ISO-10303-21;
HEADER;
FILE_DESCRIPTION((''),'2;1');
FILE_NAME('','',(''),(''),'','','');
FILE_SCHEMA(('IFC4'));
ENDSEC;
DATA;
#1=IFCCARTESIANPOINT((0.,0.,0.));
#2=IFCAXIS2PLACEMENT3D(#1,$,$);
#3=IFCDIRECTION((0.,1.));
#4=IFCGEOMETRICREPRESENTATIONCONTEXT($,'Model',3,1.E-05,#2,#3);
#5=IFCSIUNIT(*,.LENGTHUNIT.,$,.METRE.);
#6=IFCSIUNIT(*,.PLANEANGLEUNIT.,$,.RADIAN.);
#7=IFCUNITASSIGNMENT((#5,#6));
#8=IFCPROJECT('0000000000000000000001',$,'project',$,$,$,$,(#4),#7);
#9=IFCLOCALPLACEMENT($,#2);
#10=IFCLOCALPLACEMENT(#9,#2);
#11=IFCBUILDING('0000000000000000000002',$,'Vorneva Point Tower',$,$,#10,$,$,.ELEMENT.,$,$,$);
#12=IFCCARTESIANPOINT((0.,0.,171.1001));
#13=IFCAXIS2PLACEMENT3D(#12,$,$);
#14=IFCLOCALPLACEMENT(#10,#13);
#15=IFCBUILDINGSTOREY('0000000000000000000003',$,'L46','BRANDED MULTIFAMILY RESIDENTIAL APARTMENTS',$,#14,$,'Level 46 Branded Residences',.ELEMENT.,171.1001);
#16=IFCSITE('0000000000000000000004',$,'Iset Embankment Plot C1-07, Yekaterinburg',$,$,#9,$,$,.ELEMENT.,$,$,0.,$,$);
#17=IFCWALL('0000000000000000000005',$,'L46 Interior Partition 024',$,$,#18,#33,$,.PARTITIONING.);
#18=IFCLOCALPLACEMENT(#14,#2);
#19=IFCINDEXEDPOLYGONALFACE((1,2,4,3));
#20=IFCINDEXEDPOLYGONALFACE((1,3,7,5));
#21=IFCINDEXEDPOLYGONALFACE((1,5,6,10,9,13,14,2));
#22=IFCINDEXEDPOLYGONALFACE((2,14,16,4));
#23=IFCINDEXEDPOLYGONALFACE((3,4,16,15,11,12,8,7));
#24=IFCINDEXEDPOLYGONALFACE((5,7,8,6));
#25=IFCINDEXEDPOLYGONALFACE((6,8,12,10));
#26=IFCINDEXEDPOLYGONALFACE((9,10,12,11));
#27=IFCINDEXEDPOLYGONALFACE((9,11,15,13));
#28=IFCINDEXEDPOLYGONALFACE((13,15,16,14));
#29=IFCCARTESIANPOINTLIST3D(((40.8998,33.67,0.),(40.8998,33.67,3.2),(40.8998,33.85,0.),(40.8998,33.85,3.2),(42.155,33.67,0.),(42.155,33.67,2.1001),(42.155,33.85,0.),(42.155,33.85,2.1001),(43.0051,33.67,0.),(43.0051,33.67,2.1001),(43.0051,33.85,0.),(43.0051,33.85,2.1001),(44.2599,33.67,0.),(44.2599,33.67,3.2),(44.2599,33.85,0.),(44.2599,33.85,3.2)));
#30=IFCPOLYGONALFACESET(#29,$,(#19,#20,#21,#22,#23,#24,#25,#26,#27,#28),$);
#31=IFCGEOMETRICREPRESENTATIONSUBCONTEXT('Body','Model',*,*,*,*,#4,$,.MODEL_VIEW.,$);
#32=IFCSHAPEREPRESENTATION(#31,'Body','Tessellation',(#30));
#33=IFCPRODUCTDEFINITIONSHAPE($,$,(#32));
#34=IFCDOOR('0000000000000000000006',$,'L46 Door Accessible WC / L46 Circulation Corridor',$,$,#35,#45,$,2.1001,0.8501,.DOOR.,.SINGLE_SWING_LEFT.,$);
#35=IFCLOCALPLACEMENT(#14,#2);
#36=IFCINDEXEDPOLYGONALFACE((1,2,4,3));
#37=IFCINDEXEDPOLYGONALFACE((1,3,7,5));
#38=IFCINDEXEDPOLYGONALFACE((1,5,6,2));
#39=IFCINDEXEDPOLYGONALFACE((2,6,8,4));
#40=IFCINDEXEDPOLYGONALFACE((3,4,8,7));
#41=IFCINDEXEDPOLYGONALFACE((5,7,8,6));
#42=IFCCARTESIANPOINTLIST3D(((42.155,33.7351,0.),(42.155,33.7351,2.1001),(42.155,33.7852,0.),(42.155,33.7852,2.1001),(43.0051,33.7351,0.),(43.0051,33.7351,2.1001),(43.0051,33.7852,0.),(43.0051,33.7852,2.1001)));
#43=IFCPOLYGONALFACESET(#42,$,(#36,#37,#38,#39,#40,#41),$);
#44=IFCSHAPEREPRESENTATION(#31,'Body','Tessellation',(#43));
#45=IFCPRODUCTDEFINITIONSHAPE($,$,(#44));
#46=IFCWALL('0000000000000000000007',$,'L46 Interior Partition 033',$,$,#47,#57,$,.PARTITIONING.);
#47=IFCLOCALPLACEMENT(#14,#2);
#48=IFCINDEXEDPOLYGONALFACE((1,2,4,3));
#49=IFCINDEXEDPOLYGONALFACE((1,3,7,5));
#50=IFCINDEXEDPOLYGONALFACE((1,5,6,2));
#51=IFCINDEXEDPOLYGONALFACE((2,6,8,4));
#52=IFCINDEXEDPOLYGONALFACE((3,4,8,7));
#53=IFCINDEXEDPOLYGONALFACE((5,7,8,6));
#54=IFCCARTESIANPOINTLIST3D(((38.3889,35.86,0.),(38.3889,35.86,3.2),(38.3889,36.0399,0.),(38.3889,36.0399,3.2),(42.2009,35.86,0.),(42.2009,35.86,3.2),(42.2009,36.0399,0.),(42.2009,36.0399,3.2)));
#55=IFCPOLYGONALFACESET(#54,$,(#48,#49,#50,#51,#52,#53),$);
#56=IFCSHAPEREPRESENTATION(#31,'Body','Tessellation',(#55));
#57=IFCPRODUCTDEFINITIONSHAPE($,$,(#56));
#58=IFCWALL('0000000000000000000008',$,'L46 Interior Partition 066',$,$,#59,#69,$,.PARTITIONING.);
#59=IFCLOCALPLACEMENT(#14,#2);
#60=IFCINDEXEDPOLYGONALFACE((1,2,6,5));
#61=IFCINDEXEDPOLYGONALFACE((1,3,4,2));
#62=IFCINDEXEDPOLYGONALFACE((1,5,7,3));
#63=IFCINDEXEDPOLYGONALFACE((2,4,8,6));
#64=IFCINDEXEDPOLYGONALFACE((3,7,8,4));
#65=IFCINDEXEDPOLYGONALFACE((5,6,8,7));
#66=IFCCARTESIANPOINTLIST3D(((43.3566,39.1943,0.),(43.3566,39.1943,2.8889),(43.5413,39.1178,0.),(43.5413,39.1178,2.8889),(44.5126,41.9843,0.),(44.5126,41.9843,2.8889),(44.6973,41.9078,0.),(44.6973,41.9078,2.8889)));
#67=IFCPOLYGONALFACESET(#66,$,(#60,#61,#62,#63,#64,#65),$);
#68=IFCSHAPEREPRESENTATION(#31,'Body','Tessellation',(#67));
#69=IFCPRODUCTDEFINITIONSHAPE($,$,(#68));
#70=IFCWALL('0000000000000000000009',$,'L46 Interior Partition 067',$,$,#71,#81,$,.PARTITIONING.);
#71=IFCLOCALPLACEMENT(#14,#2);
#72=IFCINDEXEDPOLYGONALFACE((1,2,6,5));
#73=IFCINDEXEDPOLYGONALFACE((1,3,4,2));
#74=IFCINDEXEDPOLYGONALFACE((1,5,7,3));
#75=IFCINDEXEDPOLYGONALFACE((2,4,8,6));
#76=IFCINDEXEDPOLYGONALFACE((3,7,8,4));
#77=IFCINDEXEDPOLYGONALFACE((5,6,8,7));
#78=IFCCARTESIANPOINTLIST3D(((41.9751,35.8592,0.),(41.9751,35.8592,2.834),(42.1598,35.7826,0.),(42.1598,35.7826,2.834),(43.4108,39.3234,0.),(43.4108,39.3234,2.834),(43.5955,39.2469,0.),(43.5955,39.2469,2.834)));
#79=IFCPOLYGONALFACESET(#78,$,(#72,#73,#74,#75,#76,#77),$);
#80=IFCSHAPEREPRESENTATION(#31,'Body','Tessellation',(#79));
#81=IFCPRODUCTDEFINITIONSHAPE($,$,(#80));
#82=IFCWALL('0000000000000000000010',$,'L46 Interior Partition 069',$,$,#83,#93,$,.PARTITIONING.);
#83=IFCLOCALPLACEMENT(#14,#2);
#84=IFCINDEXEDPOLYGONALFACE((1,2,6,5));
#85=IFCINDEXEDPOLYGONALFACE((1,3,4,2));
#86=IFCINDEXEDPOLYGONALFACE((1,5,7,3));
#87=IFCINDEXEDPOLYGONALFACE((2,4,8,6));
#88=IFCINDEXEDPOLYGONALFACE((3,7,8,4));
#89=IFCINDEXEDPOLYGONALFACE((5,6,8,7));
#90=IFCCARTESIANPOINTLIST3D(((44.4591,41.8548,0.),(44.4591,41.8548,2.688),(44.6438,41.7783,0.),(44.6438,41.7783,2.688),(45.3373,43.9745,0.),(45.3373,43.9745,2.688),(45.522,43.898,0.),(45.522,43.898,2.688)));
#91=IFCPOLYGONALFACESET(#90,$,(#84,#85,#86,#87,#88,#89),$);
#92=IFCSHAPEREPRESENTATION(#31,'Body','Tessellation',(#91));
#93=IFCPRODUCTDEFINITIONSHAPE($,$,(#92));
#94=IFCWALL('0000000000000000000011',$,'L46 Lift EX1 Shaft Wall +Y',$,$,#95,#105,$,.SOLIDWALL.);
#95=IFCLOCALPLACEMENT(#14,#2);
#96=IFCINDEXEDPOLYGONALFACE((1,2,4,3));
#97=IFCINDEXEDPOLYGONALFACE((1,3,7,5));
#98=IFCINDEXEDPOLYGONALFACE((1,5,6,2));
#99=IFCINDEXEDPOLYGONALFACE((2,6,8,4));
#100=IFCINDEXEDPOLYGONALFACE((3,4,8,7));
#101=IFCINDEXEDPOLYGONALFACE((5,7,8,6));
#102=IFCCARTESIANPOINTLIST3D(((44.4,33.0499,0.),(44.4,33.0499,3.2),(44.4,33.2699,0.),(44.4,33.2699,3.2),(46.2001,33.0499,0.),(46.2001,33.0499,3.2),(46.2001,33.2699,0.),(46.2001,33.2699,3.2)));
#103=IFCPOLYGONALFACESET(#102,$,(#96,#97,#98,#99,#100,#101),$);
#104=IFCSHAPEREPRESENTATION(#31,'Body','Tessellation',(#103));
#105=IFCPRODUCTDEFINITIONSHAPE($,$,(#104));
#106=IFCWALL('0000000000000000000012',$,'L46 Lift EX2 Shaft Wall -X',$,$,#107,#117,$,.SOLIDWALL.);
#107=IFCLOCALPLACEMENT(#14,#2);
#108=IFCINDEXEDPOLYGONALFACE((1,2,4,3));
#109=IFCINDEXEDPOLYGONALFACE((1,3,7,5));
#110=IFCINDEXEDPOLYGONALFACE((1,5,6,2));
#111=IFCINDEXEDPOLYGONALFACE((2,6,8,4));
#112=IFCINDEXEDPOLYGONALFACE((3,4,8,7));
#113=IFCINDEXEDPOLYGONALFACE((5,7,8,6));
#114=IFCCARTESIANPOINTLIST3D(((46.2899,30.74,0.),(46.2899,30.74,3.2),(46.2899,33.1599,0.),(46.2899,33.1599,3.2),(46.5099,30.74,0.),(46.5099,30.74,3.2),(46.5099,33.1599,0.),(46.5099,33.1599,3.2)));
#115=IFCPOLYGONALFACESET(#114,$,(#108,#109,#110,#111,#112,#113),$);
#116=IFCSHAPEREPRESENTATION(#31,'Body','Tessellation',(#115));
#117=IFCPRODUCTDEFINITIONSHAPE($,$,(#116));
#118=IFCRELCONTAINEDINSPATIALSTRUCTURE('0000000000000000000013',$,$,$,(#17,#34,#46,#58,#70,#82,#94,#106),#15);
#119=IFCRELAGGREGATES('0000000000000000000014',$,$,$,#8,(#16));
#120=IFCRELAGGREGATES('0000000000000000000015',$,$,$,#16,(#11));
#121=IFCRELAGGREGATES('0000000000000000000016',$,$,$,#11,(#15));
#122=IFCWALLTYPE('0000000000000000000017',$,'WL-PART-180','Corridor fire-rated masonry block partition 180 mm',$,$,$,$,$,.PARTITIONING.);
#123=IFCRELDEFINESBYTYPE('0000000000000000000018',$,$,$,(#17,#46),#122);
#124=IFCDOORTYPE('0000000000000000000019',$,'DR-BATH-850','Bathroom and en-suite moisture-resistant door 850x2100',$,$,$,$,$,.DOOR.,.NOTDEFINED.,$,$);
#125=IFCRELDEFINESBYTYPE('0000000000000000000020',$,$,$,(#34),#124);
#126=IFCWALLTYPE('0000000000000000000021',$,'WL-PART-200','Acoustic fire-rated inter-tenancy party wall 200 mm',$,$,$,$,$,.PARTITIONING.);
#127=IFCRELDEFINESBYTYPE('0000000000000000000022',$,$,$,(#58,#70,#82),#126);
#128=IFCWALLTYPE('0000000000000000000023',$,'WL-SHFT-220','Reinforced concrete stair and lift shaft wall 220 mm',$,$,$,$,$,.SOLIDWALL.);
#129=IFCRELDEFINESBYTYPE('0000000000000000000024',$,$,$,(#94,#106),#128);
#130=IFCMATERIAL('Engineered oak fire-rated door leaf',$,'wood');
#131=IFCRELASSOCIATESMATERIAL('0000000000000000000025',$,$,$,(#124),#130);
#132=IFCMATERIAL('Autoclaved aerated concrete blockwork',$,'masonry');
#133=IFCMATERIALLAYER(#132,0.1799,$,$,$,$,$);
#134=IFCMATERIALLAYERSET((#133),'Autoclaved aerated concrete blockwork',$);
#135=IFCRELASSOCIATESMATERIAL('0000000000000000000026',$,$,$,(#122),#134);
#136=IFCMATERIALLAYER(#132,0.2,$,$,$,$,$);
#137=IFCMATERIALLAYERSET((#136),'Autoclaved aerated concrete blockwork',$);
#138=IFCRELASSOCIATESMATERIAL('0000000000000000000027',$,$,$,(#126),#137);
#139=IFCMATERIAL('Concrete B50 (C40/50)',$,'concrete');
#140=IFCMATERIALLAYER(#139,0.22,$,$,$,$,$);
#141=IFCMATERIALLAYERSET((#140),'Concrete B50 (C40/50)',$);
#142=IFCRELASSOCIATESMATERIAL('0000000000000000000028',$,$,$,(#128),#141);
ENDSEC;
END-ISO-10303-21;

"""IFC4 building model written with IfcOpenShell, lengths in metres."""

from ifc_helpers import new_model, si_unit, direction, frame, frame_2d, origin, place, context, subcontext, project, spatial, rectangle, extrude, material, layer, layer_set, type_object, element, fill, save


model = new_model("IFC4")

# Units and contexts
model_context = context("Model", 3, precision=1e-05, world=origin(), true_north=direction((0.0, 1.0)))
body_context = subcontext(model_context, "Body", "Model", "MODEL_VIEW")
ifc_project = project(units=[si_unit("LENGTHUNIT", "METRE"), si_unit("PLANEANGLEUNIT", "RADIAN")], contexts=[model_context])

# Site, building, storey
site_placement = place(None, origin())
site = spatial("IfcSite", under=ifc_project, at=site_placement, Name="Iset Embankment Plot C1-07, Yekaterinburg", CompositionType="ELEMENT", RefElevation=0.0)
building_placement = place(site_placement, origin())
building = spatial("IfcBuilding", under=site, at=building_placement, Name="Vorneva Point Tower", CompositionType="ELEMENT")
storey_placement = place(building_placement, frame((0.0, 0.0, 171.1001)))
storey = spatial("IfcBuildingStorey", under=building, at=storey_placement, Name="L46", Description="BRANDED MULTIFAMILY RESIDENTIAL APARTMENTS", LongName="Level 46 Branded Residences", CompositionType="ELEMENT", Elevation=171.1001)

# Shared definitions
ifc_material_1 = material(Name="Engineered oak fire-rated door leaf", Category="wood")
door_type_1 = type_object("IfcDoorType", Name="DR-BATH-850", Description="Bathroom and en-suite moisture-resistant door 850x2100", OperationType="NOTDEFINED", PredefinedType="DOOR", material=ifc_material_1)

# Wall, opening, door
ifc_material_2 = material(Name="Autoclaved aerated concrete blockwork", Category="masonry")
ifc_layer_1 = layer(ifc_material_2, 0.1799)
ifc_layer_set_1 = layer_set([ifc_layer_1], Name="Autoclaved aerated concrete blockwork")
wall_type_1 = type_object("IfcWallType", Name="WL-PART-180", Description="Corridor fire-rated masonry block partition 180 mm", PredefinedType="PARTITIONING", material=ifc_layer_set_1)
wall_1_placement = place(storey_placement, frame((44.26, 33.76, 0.0), z_axis=(0.0, 0.0, 1.0), x_axis=(-1.0, 0.0, 0.0)))
wall_1 = element("IfcWall", 1, at=wall_1_placement, inside=storey, type_object=wall_type_1, Name="L46 Interior Partition 024", PredefinedType="PARTITIONING", context=body_context, shape_type="SweptSolid", body=[
    extrude(rectangle(XDim=3.3601, YDim=0.1799, at=frame_2d((1.6802, 0.0))), origin(), (0.0, 0.0, 1.0), 3.2),
])
opening_1_placement = place(wall_1_placement, frame((1.2549, 0.0, 0.0)))
opening_1 = element("IfcOpeningElement", 2, at=opening_1_placement, cuts=wall_1, PredefinedType="OPENING", context=body_context, shape_type="SweptSolid", body=[
    extrude(rectangle(XDim=0.8501, YDim=2.1001, at=frame_2d((0.425, 1.05))), frame((0.0, 0.105, 0.0), z_axis=(0.0, -1.0, 0.0), x_axis=(1.0, 0.0, 0.0)), (0.0, 0.0, 1.0), 0.2097),
])
door_1_placement = place(opening_1_placement, origin())
door_1 = element("IfcDoor", 3, at=door_1_placement, inside=storey, type_object=door_type_1, Name="L46 Door Accessible WC / L46 Circulation Corridor", OperationType="SINGLE_SWING_LEFT", OverallHeight=2.1001, OverallWidth=0.8501, PredefinedType="DOOR", context=body_context, shape_type="SweptSolid", body=[
    extrude(rectangle(XDim=0.8501, YDim=2.1001, at=frame_2d((0.425, 1.05))), frame((0.0, 0.0249, 0.0), z_axis=(0.0, -1.0, 0.0), x_axis=(1.0, 0.0, 0.0)), (0.0, 0.0, 1.0), 0.05),
])
fill(opening_1, door_1)

# Walls
wall_2_placement = place(storey_placement, frame((42.2009, 35.95, 0.0), z_axis=(0.0, 0.0, 1.0), x_axis=(-1.0, 0.0, 0.0)))
element("IfcWall", 4, at=wall_2_placement, inside=storey, type_object=wall_type_1, Name="L46 Interior Partition 033", PredefinedType="PARTITIONING", context=body_context, shape_type="SweptSolid", body=[
    extrude(rectangle(XDim=3.812, YDim=0.1799, at=frame_2d((1.906, 0.0))), origin(), (0.0, 0.0, 1.0), 3.2),
])
ifc_layer_2 = layer(ifc_material_2, 0.2)
ifc_layer_set_2 = layer_set([ifc_layer_2], Name="Autoclaved aerated concrete blockwork")
wall_type_2 = type_object("IfcWallType", Name="WL-PART-200", Description="Acoustic fire-rated inter-tenancy party wall 200 mm", PredefinedType="PARTITIONING", material=ifc_layer_set_2)
wall_3_placement = place(storey_placement, frame((44.605, 41.946, 0.0), z_axis=(0.0, 0.0, 1.0), x_axis=(-0.382778, -0.92384, 0.0)))
element("IfcWall", 5, at=wall_3_placement, inside=storey, type_object=wall_type_2, Name="L46 Interior Partition 066", PredefinedType="PARTITIONING", context=body_context, shape_type="SweptSolid", body=[
    extrude(rectangle(XDim=3.02, YDim=0.2, at=frame_2d((1.51, 0.0))), origin(), (0.0, 0.0, 1.0), 2.8889),
])
wall_4_placement = place(storey_placement, frame((43.5032, 39.2852, 0.0), z_axis=(0.0, 0.0, 1.0), x_axis=(-0.382867, -0.923803, 0.0)))
element("IfcWall", 6, at=wall_4_placement, inside=storey, type_object=wall_type_2, Name="L46 Interior Partition 067", PredefinedType="PARTITIONING", context=body_context, shape_type="SweptSolid", body=[
    extrude(rectangle(XDim=3.75, YDim=0.2, at=frame_2d((1.875, 0.0))), origin(), (0.0, 0.0, 1.0), 2.834),
])
wall_5_placement = place(storey_placement, frame((45.4297, 43.9363, 0.0), z_axis=(0.0, 0.0, 1.0), x_axis=(-0.382756, -0.92385, 0.0)))
element("IfcWall", 7, at=wall_5_placement, inside=storey, type_object=wall_type_2, Name="L46 Interior Partition 069", PredefinedType="PARTITIONING", context=body_context, shape_type="SweptSolid", body=[
    extrude(rectangle(XDim=2.2944, YDim=0.2, at=frame_2d((1.1472, 0.0))), origin(), (0.0, 0.0, 1.0), 2.688),
])
ifc_material_3 = material(Name="Concrete B50 (C40/50)", Category="concrete")
ifc_layer_3 = layer(ifc_material_3, 0.22)
ifc_layer_set_3 = layer_set([ifc_layer_3], Name="Concrete B50 (C40/50)")
wall_type_3 = type_object("IfcWallType", Name="WL-SHFT-220", Description="Reinforced concrete stair and lift shaft wall 220 mm", PredefinedType="SOLIDWALL", material=ifc_layer_set_3)
wall_6_placement = place(storey_placement, frame((46.2, 33.1599, 0.0), z_axis=(0.0, 0.0, 1.0), x_axis=(-1.0, 0.0, 0.0)))
element("IfcWall", 8, at=wall_6_placement, inside=storey, type_object=wall_type_3, Name="L46 Lift EX1 Shaft Wall +Y", PredefinedType="SOLIDWALL", context=body_context, shape_type="SweptSolid", body=[
    extrude(rectangle(XDim=1.8, YDim=0.22, at=frame_2d((0.8999, 0.0))), origin(), (0.0, 0.0, 1.0), 3.2),
])
wall_7_placement = place(storey_placement, frame((46.3999, 33.1599, 0.0), z_axis=(0.0, 0.0, 1.0), x_axis=(0.0, -1.0, 0.0)))
element("IfcWall", 9, at=wall_7_placement, inside=storey, type_object=wall_type_3, Name="L46 Lift EX2 Shaft Wall -X", PredefinedType="SOLIDWALL", context=body_context, shape_type="SweptSolid", body=[
    extrude(rectangle(XDim=2.4199, YDim=0.22, at=frame_2d((1.21, 0.0))), origin(), (0.0, 0.0, 1.0), 3.2),
])

save(model, "model.ifc")
